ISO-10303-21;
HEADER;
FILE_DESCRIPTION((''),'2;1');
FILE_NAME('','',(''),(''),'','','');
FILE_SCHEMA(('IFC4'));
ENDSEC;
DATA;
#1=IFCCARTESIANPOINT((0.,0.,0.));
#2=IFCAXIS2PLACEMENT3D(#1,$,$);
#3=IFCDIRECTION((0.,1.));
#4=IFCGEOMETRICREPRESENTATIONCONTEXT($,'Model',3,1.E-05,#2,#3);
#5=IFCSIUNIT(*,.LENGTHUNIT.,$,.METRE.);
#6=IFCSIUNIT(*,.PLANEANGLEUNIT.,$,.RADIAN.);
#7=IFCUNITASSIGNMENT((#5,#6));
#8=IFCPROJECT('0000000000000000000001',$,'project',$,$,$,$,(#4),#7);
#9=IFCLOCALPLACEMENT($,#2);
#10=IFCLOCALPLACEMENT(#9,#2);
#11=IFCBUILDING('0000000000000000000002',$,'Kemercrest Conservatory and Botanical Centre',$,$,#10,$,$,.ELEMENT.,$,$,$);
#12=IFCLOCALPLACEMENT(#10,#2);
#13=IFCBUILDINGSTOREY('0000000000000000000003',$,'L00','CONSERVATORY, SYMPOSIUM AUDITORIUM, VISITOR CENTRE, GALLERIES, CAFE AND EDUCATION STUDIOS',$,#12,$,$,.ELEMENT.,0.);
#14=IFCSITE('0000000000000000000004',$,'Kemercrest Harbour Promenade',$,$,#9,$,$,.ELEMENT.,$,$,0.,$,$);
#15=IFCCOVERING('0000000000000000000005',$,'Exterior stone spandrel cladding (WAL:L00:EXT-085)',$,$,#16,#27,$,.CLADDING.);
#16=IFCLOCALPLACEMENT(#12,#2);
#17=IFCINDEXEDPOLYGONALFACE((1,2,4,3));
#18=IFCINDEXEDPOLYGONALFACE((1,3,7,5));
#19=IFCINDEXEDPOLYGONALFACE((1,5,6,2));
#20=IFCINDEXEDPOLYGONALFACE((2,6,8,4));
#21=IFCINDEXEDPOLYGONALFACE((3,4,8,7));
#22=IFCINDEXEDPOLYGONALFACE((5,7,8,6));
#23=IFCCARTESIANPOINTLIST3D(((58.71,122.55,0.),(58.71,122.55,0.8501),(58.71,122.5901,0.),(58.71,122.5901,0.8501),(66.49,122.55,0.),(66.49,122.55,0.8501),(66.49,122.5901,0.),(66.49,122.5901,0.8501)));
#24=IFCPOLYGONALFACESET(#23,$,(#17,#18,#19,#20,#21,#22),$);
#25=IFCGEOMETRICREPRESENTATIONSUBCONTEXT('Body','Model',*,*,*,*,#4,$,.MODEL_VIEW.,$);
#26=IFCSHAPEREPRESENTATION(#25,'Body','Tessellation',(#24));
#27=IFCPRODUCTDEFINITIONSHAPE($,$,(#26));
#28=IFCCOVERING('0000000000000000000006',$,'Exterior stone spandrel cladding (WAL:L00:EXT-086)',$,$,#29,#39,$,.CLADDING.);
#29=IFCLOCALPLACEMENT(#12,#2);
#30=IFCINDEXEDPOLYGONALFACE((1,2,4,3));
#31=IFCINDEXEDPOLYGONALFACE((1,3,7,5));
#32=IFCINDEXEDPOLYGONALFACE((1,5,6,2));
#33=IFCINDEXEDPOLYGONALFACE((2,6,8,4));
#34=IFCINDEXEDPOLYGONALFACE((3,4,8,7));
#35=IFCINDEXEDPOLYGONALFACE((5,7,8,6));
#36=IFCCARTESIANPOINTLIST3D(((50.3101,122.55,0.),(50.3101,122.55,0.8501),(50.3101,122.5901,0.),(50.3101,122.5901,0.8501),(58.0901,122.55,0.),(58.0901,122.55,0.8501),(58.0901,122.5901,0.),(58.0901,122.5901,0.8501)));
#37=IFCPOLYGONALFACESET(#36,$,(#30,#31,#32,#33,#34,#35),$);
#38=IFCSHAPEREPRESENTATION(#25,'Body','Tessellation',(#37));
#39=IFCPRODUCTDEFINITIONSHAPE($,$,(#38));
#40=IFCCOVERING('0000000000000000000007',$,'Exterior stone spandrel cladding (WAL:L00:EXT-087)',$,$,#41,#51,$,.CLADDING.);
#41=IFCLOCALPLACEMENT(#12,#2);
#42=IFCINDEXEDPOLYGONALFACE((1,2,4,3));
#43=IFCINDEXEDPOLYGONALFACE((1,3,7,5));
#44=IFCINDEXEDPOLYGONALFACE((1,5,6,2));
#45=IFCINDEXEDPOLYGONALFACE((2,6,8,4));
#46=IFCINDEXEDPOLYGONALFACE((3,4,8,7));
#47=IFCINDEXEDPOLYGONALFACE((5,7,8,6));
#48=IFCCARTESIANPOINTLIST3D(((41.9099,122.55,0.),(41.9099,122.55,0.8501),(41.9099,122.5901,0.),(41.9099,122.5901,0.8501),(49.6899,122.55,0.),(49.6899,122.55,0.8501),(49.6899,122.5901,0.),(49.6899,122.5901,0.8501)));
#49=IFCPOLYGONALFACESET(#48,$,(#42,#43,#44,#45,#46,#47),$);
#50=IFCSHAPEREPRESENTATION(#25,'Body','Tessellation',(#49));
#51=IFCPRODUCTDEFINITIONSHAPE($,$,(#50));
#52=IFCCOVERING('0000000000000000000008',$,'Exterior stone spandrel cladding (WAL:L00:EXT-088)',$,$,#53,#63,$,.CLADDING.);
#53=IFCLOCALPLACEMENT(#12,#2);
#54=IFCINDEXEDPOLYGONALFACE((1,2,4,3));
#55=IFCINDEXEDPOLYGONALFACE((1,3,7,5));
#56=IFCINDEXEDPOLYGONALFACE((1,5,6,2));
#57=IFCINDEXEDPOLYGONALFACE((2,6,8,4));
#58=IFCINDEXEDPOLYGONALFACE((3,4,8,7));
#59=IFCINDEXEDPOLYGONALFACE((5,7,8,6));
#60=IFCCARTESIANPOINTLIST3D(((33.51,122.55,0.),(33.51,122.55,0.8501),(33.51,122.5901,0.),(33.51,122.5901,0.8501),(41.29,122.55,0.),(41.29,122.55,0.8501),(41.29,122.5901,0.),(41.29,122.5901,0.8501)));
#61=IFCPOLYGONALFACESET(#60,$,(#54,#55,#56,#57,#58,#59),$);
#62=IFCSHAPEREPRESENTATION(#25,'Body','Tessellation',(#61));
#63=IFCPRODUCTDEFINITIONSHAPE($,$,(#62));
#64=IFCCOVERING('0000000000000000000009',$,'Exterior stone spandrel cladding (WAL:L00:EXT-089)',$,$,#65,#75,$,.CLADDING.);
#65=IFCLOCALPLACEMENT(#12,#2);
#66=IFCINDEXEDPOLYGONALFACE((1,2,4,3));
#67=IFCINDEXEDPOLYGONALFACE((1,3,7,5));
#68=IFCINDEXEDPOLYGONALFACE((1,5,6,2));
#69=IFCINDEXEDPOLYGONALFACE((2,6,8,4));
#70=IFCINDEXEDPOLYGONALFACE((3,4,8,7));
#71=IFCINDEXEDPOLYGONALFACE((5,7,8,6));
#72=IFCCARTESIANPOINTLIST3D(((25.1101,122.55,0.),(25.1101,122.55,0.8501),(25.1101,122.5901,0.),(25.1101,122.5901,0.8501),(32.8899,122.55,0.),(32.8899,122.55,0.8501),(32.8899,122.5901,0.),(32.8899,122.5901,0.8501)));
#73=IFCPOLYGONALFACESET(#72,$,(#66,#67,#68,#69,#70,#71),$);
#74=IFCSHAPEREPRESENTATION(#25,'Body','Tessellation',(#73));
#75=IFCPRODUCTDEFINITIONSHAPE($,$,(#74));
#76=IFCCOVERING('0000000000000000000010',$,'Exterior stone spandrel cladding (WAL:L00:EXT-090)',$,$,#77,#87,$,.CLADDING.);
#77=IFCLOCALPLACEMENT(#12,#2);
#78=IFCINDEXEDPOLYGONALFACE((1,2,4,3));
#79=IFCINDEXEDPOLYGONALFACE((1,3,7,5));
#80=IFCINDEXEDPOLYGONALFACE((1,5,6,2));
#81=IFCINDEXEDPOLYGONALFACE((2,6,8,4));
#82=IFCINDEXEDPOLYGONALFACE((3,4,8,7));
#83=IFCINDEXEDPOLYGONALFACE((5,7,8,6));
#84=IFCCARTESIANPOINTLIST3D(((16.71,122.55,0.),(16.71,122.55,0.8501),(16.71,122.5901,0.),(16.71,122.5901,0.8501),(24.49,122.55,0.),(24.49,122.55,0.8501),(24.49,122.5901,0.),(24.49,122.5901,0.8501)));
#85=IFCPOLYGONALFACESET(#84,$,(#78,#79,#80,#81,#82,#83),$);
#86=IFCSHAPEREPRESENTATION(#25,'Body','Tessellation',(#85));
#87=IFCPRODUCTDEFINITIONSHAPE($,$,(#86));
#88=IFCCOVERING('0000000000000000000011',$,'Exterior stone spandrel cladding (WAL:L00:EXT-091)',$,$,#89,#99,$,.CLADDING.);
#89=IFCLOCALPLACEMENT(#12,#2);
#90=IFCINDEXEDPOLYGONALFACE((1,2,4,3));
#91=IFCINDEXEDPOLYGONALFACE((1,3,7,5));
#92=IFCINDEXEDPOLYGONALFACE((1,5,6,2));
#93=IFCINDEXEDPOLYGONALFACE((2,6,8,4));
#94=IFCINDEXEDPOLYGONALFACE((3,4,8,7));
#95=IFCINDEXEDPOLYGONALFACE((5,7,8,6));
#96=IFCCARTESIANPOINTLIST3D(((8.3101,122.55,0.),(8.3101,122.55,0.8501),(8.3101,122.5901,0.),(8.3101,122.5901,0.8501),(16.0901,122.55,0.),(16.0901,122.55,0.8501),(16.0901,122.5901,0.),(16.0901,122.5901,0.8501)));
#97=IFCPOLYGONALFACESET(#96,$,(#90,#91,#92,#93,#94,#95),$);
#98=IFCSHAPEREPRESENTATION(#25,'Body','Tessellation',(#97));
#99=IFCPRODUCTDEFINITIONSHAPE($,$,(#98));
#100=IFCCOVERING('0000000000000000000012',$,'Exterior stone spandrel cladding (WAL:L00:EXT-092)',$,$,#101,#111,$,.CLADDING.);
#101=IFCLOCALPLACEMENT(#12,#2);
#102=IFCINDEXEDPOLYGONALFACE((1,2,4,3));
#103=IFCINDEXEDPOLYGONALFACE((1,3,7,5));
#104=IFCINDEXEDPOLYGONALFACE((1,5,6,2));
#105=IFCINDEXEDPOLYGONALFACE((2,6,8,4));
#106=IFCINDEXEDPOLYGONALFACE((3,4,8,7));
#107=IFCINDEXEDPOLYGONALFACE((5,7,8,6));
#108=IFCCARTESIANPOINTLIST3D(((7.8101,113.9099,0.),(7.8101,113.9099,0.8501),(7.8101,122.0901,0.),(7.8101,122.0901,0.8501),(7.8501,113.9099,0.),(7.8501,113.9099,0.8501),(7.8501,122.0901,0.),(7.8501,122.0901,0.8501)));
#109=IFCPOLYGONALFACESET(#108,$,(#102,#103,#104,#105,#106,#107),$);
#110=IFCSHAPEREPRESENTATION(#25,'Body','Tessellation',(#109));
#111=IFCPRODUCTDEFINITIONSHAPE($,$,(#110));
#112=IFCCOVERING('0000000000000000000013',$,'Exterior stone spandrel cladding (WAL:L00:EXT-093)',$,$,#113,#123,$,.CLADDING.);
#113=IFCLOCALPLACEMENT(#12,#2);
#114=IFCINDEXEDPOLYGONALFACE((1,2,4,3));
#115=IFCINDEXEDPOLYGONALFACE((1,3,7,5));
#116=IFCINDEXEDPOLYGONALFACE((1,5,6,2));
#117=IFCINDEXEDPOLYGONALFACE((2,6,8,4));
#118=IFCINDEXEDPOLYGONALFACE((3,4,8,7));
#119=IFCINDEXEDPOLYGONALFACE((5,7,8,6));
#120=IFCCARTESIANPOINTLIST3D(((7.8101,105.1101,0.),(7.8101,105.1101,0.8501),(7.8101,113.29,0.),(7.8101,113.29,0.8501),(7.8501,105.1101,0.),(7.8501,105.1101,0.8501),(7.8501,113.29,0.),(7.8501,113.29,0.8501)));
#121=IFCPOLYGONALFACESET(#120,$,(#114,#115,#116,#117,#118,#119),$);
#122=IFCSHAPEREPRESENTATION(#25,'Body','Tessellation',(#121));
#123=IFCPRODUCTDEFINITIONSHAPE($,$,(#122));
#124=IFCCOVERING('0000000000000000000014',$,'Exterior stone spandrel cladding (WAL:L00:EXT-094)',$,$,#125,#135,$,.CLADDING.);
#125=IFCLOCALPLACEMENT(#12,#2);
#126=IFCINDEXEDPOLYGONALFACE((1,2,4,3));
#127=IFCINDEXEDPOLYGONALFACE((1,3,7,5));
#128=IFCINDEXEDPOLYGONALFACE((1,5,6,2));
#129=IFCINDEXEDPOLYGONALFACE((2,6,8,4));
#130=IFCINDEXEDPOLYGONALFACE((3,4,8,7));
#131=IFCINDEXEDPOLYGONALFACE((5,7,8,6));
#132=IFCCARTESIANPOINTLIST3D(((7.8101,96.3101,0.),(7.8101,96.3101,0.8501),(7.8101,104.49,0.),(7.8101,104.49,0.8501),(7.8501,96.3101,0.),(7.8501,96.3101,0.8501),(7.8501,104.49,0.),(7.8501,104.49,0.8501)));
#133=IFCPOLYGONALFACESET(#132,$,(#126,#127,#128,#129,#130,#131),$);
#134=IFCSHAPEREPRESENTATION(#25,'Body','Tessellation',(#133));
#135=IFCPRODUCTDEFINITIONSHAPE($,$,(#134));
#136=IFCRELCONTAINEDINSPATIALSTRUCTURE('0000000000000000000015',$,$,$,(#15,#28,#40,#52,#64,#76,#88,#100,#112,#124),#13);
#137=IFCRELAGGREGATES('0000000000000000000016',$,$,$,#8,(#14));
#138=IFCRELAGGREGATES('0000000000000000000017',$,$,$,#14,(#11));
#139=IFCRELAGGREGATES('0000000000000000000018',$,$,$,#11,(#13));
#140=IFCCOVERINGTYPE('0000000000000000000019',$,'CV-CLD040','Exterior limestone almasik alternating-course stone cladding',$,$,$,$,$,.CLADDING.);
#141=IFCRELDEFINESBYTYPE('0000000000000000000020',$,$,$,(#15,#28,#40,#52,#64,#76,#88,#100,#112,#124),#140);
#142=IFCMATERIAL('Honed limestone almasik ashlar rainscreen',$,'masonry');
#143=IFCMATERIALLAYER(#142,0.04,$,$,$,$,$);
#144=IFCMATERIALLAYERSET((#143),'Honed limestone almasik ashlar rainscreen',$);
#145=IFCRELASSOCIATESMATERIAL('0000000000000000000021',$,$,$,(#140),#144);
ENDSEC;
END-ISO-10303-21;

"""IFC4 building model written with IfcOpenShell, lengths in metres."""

from ifc_helpers import new_model, si_unit, direction, origin, place, context, subcontext, project, spatial, polyline, outline, extrude, material, layer, layer_set, type_object, element, save


model = new_model("IFC4")

# Units and contexts
model_context = context("Model", 3, precision=1e-05, world=origin(), true_north=direction((0.0, 1.0)))
body_context = subcontext(model_context, "Body", "Model", "MODEL_VIEW")
ifc_project = project(units=[si_unit("LENGTHUNIT", "METRE"), si_unit("PLANEANGLEUNIT", "RADIAN")], contexts=[model_context])

# Site, building, storey
site_placement = place(None, origin())
site = spatial("IfcSite", under=ifc_project, at=site_placement, Name="Kemercrest Harbour Promenade", CompositionType="ELEMENT", RefElevation=0.0)
building_placement = place(site_placement, origin())
building = spatial("IfcBuilding", under=site, at=building_placement, Name="Kemercrest Conservatory and Botanical Centre", CompositionType="ELEMENT")
storey_placement = place(building_placement, origin())
storey = spatial("IfcBuildingStorey", under=building, at=storey_placement, Name="L00", Description="CONSERVATORY, SYMPOSIUM AUDITORIUM, VISITOR CENTRE, GALLERIES, CAFE AND EDUCATION STUDIOS", CompositionType="ELEMENT", Elevation=0.0)

# Coverings
ifc_material = material(Name="Honed limestone almasik ashlar rainscreen", Category="masonry")
ifc_layer = layer(ifc_material, 0.04)
ifc_layer_set = layer_set([ifc_layer], Name="Honed limestone almasik ashlar rainscreen")
covering_type = type_object("IfcCoveringType", Name="CV-CLD040", Description="Exterior limestone almasik alternating-course stone cladding", PredefinedType="CLADDING", material=ifc_layer_set)
covering_1_placement = place(storey_placement, origin())
element("IfcCovering", 1, at=covering_1_placement, inside=storey, type_object=covering_type, Name="Exterior stone spandrel cladding (WAL:L00:EXT-085)", PredefinedType="CLADDING", context=body_context, shape_type="SweptSolid", body=[
    extrude(outline(polyline([(66.49, 122.55), (66.49, 122.5901), (58.71, 122.5901), (58.71, 122.55), (66.49, 122.55)])), origin(), (0.0, 0.0, 1.0), 0.8501),
])
covering_2_placement = place(storey_placement, origin())
element("IfcCovering", 2, at=covering_2_placement, inside=storey, type_object=covering_type, Name="Exterior stone spandrel cladding (WAL:L00:EXT-086)", PredefinedType="CLADDING", context=body_context, shape_type="SweptSolid", body=[
    extrude(outline(polyline([(58.0901, 122.55), (58.0901, 122.5901), (50.3101, 122.5901), (50.3101, 122.55), (58.0901, 122.55)])), origin(), (0.0, 0.0, 1.0), 0.8501),
])
covering_3_placement = place(storey_placement, origin())
element("IfcCovering", 3, at=covering_3_placement, inside=storey, type_object=covering_type, Name="Exterior stone spandrel cladding (WAL:L00:EXT-087)", PredefinedType="CLADDING", context=body_context, shape_type="SweptSolid", body=[
    extrude(outline(polyline([(49.6899, 122.55), (49.6899, 122.5901), (41.9099, 122.5901), (41.9099, 122.55), (49.6899, 122.55)])), origin(), (0.0, 0.0, 1.0), 0.8501),
])
covering_4_placement = place(storey_placement, origin())
element("IfcCovering", 4, at=covering_4_placement, inside=storey, type_object=covering_type, Name="Exterior stone spandrel cladding (WAL:L00:EXT-088)", PredefinedType="CLADDING", context=body_context, shape_type="SweptSolid", body=[
    extrude(outline(polyline([(41.29, 122.55), (41.29, 122.5901), (33.51, 122.5901), (33.51, 122.55), (41.29, 122.55)])), origin(), (0.0, 0.0, 1.0), 0.8501),
])
covering_5_placement = place(storey_placement, origin())
element("IfcCovering", 5, at=covering_5_placement, inside=storey, type_object=covering_type, Name="Exterior stone spandrel cladding (WAL:L00:EXT-089)", PredefinedType="CLADDING", context=body_context, shape_type="SweptSolid", body=[
    extrude(outline(polyline([(32.8899, 122.55), (32.8899, 122.5901), (25.1101, 122.5901), (25.1101, 122.55), (32.8899, 122.55)])), origin(), (0.0, 0.0, 1.0), 0.8501),
])
covering_6_placement = place(storey_placement, origin())
element("IfcCovering", 6, at=covering_6_placement, inside=storey, type_object=covering_type, Name="Exterior stone spandrel cladding (WAL:L00:EXT-090)", PredefinedType="CLADDING", context=body_context, shape_type="SweptSolid", body=[
    extrude(outline(polyline([(24.49, 122.55), (24.49, 122.5901), (16.71, 122.5901), (16.71, 122.55), (24.49, 122.55)])), origin(), (0.0, 0.0, 1.0), 0.8501),
])
covering_7_placement = place(storey_placement, origin())
element("IfcCovering", 7, at=covering_7_placement, inside=storey, type_object=covering_type, Name="Exterior stone spandrel cladding (WAL:L00:EXT-091)", PredefinedType="CLADDING", context=body_context, shape_type="SweptSolid", body=[
    extrude(outline(polyline([(16.0901, 122.55), (16.0901, 122.5901), (8.3101, 122.5901), (8.3101, 122.55), (16.0901, 122.55)])), origin(), (0.0, 0.0, 1.0), 0.8501),
])
covering_8_placement = place(storey_placement, origin())
element("IfcCovering", 8, at=covering_8_placement, inside=storey, type_object=covering_type, Name="Exterior stone spandrel cladding (WAL:L00:EXT-092)", PredefinedType="CLADDING", context=body_context, shape_type="SweptSolid", body=[
    extrude(outline(polyline([(7.8501, 122.0901), (7.8101, 122.0901), (7.8101, 113.9099), (7.8501, 113.9099), (7.8501, 122.0901)])), origin(), (0.0, 0.0, 1.0), 0.8501),
])
covering_9_placement = place(storey_placement, origin())
element("IfcCovering", 9, at=covering_9_placement, inside=storey, type_object=covering_type, Name="Exterior stone spandrel cladding (WAL:L00:EXT-093)", PredefinedType="CLADDING", context=body_context, shape_type="SweptSolid", body=[
    extrude(outline(polyline([(7.8501, 113.29), (7.8101, 113.29), (7.8101, 105.1101), (7.8501, 105.1101), (7.8501, 113.29)])), origin(), (0.0, 0.0, 1.0), 0.8501),
])
covering_10_placement = place(storey_placement, origin())
element("IfcCovering", 10, at=covering_10_placement, inside=storey, type_object=covering_type, Name="Exterior stone spandrel cladding (WAL:L00:EXT-094)", PredefinedType="CLADDING", context=body_context, shape_type="SweptSolid", body=[
    extrude(outline(polyline([(7.8501, 104.49), (7.8101, 104.49), (7.8101, 96.3101), (7.8501, 96.3101), (7.8501, 104.49)])), origin(), (0.0, 0.0, 1.0), 0.8501),
])

save(model, "model.ifc")
